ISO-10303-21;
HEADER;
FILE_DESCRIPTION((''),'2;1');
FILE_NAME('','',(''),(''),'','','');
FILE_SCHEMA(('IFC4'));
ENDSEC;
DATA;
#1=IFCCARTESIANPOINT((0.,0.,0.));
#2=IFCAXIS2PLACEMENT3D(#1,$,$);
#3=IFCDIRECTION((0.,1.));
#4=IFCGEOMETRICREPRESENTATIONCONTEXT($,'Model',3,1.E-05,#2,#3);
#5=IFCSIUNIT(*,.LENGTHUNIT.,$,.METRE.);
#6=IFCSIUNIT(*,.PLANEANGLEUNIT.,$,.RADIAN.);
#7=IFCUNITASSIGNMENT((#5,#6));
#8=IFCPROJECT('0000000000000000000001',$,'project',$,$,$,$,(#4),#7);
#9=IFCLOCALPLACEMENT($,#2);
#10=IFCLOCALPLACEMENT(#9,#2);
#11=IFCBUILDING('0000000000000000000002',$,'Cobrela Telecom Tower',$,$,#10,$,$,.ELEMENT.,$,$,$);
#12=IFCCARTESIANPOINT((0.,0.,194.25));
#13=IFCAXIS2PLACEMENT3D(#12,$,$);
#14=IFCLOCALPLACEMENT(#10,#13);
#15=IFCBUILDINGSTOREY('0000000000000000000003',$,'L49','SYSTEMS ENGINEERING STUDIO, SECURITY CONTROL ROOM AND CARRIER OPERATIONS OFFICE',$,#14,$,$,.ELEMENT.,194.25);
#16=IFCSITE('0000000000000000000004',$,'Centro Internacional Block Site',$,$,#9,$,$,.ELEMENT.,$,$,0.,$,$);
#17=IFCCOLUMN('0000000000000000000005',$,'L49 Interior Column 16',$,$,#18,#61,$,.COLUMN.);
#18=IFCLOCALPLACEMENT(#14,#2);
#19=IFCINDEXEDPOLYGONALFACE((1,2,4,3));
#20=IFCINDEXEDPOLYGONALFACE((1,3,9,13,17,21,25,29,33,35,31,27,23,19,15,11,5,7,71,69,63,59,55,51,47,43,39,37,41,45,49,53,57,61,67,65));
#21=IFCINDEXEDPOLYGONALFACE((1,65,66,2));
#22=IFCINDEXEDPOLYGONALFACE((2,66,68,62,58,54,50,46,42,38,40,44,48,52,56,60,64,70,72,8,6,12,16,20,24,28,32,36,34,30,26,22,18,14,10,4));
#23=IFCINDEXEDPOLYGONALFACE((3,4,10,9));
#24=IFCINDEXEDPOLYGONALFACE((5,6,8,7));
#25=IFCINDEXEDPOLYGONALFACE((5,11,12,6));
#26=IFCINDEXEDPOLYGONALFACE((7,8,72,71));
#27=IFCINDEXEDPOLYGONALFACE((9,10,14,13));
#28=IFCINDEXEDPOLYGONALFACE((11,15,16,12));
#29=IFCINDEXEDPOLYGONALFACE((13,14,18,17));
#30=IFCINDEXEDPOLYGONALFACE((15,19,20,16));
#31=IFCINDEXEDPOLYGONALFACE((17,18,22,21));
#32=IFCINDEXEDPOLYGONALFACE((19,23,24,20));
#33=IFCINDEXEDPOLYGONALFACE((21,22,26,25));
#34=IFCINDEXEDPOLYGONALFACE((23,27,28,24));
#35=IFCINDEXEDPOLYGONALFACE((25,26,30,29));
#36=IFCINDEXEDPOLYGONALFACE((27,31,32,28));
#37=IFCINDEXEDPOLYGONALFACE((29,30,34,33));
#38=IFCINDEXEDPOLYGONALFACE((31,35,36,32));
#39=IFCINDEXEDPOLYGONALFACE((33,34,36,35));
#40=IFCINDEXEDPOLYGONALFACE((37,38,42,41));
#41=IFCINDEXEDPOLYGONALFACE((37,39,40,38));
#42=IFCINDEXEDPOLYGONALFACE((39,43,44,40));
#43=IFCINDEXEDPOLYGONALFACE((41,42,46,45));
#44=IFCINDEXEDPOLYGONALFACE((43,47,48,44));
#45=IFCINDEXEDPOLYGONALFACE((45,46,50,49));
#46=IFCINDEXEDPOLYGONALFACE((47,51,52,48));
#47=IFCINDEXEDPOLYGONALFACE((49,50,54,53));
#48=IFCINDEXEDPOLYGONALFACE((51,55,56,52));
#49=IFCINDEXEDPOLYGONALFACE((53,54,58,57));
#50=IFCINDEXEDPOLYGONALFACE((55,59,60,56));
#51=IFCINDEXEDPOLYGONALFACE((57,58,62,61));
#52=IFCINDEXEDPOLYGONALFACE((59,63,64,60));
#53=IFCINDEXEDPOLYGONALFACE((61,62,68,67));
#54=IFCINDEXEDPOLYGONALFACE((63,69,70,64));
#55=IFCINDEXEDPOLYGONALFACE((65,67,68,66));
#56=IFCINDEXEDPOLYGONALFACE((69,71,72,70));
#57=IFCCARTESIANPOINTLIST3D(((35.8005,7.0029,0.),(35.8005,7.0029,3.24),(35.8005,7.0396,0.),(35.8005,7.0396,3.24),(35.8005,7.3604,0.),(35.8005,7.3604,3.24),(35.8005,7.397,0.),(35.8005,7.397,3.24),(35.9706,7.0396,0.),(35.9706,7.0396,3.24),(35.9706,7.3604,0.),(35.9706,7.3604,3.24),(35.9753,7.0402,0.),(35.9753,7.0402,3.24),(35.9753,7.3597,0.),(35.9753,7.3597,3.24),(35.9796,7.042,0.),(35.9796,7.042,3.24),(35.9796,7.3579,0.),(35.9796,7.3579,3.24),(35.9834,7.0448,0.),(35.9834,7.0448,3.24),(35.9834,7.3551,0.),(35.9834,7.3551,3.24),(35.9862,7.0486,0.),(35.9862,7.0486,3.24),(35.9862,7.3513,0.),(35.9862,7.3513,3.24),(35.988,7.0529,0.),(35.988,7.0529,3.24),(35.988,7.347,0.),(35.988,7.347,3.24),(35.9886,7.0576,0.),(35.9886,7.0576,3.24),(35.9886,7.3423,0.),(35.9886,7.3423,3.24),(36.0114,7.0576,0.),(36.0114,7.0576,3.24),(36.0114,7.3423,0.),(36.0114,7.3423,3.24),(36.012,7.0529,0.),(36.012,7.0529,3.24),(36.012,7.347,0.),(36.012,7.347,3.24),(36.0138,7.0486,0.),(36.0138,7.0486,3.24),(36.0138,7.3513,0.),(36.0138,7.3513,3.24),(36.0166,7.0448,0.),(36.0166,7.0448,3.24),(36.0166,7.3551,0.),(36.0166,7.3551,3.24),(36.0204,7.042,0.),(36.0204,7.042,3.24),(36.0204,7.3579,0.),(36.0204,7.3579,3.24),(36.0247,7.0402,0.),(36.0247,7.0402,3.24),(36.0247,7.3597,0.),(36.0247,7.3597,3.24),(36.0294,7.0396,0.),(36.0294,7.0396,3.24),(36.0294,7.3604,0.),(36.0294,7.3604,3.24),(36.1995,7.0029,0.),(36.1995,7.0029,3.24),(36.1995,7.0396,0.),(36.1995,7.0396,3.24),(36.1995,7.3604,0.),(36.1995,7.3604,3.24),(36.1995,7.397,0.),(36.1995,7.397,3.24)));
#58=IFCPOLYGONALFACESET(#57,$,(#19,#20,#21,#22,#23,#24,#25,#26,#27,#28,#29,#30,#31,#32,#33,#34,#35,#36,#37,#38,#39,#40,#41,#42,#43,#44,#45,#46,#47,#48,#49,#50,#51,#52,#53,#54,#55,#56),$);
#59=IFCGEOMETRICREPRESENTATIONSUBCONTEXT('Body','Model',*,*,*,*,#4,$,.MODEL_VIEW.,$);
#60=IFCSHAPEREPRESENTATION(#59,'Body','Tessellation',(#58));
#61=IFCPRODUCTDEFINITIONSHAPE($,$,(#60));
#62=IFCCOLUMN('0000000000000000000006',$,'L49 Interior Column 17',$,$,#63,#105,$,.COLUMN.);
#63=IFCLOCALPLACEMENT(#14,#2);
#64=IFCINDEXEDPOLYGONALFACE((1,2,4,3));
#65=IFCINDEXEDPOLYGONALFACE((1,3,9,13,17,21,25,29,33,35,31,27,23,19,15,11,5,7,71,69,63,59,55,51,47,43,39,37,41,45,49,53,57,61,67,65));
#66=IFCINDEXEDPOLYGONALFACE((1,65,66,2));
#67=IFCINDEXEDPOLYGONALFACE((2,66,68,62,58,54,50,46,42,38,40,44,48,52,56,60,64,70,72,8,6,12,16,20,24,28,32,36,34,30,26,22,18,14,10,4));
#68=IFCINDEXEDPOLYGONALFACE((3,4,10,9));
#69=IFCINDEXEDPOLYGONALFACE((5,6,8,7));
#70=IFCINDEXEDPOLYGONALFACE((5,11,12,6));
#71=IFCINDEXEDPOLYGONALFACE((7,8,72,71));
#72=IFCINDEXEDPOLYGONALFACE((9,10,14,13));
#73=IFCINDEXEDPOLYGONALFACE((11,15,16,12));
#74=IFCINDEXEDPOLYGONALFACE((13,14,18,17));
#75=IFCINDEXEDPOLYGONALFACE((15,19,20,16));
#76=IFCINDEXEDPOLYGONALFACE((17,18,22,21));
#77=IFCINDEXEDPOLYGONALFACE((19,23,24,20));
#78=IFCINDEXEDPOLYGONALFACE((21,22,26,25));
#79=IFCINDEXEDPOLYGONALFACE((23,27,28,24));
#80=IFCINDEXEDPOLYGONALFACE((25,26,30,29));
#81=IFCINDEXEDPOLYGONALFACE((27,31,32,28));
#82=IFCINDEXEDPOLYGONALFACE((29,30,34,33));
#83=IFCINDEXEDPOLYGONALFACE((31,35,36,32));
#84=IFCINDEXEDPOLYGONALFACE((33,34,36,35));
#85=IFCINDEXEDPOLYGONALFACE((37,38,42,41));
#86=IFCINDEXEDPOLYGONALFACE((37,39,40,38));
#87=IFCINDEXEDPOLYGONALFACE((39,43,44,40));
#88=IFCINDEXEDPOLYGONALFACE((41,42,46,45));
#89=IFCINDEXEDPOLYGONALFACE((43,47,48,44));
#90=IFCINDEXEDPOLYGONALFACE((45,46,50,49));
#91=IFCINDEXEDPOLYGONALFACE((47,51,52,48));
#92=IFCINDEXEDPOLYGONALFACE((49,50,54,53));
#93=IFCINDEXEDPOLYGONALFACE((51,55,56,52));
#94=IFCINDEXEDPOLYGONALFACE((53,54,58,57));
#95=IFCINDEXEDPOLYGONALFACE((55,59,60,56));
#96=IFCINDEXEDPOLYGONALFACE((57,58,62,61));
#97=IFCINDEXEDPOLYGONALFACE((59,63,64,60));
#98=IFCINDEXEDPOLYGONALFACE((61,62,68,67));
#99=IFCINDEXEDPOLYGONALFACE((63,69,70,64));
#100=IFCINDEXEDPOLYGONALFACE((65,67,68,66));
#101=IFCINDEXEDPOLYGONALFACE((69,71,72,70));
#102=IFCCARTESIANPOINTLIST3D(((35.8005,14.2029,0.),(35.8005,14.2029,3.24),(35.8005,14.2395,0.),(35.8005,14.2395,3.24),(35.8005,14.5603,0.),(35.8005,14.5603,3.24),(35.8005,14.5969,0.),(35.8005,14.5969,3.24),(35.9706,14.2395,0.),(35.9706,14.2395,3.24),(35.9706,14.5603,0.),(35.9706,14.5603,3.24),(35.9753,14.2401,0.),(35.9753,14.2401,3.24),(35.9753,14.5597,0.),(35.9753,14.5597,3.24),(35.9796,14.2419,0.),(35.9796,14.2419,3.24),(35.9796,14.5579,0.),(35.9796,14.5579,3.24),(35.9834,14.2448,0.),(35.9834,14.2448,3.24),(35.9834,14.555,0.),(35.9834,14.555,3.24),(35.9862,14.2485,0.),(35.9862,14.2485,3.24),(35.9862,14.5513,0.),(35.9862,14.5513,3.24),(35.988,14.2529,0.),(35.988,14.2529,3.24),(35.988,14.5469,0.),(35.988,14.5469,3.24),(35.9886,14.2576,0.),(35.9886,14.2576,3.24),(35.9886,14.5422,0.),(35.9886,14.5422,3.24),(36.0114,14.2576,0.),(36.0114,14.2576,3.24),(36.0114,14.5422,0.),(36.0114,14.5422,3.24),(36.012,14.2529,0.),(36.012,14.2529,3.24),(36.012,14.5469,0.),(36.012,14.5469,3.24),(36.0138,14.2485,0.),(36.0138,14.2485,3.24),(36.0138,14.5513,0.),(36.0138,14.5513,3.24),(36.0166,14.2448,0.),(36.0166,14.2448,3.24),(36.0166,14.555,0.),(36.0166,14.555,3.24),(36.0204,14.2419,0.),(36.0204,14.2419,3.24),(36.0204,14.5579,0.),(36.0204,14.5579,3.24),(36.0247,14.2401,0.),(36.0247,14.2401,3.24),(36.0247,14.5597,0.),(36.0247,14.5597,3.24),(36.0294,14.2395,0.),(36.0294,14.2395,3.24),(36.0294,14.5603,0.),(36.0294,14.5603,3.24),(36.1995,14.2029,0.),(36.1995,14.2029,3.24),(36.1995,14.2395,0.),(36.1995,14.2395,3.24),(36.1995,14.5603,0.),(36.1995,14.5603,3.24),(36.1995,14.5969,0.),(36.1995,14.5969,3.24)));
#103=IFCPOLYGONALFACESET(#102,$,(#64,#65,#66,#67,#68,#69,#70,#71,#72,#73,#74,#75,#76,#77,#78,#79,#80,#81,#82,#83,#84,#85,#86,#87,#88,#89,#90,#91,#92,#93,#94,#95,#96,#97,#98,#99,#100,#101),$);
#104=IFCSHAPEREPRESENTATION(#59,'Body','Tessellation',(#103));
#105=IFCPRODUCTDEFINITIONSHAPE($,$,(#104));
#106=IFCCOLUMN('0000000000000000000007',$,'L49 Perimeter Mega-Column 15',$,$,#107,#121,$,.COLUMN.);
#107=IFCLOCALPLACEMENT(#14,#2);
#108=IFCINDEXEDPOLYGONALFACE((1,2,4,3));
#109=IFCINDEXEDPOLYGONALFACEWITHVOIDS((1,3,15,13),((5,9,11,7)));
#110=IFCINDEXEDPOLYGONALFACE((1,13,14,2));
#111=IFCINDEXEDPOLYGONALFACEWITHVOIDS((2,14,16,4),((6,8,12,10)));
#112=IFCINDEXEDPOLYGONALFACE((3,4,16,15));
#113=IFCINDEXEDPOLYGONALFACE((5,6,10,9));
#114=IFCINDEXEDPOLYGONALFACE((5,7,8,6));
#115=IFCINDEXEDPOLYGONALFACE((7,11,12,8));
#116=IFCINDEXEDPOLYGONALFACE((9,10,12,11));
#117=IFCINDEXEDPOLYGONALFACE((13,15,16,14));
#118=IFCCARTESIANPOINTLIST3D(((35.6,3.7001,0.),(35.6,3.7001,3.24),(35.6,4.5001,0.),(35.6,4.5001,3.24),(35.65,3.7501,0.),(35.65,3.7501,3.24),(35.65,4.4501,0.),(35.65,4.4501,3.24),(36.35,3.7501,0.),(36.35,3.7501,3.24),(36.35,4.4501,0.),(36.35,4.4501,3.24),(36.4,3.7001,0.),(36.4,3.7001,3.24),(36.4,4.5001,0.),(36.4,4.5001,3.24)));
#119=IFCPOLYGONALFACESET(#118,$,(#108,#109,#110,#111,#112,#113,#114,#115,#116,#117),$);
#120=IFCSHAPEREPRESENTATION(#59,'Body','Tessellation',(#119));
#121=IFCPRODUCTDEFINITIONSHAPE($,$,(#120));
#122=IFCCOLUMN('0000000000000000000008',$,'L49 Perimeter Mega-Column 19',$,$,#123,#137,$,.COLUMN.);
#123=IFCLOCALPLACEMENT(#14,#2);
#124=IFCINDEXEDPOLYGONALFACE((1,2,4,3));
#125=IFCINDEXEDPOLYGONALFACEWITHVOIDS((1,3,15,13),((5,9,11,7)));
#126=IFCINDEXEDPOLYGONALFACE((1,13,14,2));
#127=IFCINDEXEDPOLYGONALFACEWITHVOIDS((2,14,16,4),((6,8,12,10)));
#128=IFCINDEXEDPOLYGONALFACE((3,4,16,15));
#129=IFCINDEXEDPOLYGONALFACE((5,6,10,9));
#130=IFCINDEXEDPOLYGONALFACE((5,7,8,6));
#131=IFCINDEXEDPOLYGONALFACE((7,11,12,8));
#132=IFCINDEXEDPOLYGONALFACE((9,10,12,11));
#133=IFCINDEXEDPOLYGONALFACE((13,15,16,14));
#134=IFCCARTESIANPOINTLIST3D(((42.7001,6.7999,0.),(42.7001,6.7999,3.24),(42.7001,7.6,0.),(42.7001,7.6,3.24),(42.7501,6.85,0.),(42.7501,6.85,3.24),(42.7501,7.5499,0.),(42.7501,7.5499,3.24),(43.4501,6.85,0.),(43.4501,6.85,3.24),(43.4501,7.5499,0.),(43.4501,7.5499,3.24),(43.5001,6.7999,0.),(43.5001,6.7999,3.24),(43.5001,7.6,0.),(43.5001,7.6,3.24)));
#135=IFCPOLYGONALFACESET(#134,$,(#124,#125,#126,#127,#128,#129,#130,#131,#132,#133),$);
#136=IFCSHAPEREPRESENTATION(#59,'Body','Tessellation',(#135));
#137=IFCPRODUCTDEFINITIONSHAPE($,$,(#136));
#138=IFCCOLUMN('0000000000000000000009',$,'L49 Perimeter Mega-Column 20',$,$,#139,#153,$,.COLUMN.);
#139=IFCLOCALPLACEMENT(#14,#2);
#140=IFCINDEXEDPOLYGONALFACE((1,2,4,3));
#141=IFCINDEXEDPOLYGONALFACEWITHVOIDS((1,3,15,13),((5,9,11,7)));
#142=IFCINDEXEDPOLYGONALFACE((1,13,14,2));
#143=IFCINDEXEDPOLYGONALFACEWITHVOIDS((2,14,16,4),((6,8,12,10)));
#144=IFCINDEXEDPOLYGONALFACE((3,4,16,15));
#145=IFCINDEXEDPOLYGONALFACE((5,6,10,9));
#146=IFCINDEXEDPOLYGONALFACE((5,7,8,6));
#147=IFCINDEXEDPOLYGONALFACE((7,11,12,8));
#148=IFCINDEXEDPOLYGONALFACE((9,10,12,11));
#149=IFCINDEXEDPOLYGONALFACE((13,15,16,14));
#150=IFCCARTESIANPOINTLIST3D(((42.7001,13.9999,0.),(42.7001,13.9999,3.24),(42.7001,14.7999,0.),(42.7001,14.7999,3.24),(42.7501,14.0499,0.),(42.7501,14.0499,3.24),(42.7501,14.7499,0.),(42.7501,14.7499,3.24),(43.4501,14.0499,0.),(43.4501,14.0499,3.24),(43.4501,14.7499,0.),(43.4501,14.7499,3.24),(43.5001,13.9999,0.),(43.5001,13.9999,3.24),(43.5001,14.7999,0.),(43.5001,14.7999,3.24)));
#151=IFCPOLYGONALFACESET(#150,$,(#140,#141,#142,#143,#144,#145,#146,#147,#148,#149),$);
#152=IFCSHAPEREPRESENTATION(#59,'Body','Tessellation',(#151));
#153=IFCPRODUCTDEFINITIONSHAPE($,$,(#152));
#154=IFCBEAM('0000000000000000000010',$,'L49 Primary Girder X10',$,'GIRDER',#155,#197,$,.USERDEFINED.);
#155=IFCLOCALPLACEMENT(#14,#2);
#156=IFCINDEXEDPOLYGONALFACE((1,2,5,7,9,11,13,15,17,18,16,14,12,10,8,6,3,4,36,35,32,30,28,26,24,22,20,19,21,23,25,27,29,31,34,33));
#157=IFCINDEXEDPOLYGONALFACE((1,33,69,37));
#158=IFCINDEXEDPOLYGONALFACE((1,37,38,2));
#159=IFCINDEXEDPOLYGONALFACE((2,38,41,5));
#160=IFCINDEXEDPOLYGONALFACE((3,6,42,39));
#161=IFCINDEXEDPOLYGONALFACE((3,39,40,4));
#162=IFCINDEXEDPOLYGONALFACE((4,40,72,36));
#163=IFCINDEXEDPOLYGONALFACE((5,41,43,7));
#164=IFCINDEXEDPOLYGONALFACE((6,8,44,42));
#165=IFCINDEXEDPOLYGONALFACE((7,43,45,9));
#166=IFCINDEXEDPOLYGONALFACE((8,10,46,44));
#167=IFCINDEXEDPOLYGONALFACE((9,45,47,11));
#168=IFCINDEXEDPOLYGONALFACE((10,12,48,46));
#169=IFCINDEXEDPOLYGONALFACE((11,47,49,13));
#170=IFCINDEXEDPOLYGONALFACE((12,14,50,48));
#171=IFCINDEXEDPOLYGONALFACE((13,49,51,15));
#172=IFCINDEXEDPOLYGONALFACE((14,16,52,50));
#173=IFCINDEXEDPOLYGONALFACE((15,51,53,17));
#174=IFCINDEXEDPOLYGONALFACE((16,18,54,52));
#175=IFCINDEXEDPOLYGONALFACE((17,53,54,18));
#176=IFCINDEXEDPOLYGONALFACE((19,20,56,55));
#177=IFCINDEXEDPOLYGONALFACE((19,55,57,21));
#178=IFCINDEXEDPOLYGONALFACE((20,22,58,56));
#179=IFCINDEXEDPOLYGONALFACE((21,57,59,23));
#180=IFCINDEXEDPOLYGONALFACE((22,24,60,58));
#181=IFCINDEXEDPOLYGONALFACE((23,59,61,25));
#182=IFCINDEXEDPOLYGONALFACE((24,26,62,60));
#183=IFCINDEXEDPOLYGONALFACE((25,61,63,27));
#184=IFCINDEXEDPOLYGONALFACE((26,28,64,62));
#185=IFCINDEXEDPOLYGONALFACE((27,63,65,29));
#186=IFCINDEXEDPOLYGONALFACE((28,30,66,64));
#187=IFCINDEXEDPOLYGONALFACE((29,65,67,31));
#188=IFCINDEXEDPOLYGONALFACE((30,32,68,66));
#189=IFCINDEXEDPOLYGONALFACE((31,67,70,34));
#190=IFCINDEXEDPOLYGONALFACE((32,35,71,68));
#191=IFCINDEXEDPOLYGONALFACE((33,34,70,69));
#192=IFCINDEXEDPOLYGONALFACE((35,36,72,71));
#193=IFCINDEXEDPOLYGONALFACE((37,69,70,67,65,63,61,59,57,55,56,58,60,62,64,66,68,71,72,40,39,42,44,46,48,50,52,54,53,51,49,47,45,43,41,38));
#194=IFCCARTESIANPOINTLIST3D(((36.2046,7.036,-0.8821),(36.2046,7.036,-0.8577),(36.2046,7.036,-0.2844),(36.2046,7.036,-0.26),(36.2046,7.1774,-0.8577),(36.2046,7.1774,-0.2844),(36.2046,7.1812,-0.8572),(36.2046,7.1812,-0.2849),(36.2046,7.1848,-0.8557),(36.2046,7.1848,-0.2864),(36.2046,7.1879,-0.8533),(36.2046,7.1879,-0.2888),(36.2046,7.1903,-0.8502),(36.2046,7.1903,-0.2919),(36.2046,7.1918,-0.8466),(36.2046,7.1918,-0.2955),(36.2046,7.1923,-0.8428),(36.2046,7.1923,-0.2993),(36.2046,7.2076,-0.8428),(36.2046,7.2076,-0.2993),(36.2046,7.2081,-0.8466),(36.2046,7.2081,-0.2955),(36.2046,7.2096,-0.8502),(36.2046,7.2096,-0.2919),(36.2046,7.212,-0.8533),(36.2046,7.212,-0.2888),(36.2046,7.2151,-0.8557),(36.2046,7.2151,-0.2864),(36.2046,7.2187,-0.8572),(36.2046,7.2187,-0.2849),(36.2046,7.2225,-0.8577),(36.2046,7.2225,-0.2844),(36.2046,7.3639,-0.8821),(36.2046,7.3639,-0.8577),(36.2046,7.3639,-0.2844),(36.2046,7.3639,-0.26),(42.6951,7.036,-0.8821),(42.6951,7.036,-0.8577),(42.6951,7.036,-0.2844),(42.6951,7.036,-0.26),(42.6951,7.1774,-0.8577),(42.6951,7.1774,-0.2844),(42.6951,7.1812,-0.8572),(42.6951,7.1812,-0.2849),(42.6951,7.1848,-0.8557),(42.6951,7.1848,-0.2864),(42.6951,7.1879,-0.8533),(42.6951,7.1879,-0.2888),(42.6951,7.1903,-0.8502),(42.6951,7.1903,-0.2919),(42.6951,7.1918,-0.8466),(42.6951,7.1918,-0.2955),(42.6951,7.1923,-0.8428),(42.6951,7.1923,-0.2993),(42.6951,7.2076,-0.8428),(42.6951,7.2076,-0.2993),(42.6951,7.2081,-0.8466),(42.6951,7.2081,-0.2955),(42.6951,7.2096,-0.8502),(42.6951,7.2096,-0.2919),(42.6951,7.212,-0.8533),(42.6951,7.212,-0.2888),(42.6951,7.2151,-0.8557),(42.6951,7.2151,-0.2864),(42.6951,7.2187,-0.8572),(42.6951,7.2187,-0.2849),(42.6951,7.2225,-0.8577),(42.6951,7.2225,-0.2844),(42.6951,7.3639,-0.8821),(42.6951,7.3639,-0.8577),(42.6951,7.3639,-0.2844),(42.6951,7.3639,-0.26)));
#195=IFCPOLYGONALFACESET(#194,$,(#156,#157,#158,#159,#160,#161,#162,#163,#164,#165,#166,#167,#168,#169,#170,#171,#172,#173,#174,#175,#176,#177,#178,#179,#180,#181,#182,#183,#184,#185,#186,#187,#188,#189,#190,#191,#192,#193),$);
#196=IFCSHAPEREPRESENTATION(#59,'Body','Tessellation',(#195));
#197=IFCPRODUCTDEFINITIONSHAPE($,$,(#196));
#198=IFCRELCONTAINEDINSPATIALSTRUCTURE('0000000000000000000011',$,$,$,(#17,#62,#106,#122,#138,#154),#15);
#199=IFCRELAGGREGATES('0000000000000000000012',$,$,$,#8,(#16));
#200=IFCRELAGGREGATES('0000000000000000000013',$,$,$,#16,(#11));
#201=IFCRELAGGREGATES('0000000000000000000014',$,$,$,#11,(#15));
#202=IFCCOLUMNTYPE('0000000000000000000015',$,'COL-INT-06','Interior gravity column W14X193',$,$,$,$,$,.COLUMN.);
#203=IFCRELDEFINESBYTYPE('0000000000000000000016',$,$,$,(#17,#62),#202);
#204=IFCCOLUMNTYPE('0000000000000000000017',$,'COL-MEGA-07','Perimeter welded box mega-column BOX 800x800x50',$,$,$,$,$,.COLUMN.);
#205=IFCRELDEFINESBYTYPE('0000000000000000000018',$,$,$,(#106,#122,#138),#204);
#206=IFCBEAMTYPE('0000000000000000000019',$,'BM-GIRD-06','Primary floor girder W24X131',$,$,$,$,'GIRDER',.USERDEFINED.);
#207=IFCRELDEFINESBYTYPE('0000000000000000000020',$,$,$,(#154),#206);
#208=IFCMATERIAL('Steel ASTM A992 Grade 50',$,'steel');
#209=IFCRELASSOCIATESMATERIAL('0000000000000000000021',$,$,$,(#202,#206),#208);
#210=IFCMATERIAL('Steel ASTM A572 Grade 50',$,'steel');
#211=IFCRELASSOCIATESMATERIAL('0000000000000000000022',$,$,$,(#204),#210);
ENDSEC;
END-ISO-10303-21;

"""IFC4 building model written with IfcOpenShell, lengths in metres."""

from ifc_helpers import new_model, si_unit, direction, frame, origin, origin_2d, place, context, subcontext, project, spatial, hollow_rectangle, i_section, extrude, material, material_profile, profile_set, type_object, element, save


model = new_model("IFC4")

# Units and contexts
model_context = context("Model", 3, precision=1e-05, world=origin(), true_north=direction((0.0, 1.0)))
body_context = subcontext(model_context, "Body", "Model", "MODEL_VIEW")
ifc_project = project(units=[si_unit("LENGTHUNIT", "METRE"), si_unit("PLANEANGLEUNIT", "RADIAN")], contexts=[model_context])

# Site, building, storey
site_placement = place(None, origin())
site = spatial("IfcSite", under=ifc_project, at=site_placement, Name="Centro Internacional Block Site", CompositionType="ELEMENT", RefElevation=0.0)
building_placement = place(site_placement, origin())
building = spatial("IfcBuilding", under=site, at=building_placement, Name="Cobrela Telecom Tower", CompositionType="ELEMENT")
storey_placement = place(building_placement, frame((0.0, 0.0, 194.25)))
storey = spatial("IfcBuildingStorey", under=building, at=storey_placement, Name="L49", Description="SYSTEMS ENGINEERING STUDIO, SECURITY CONTROL ROOM AND CARRIER OPERATIONS OFFICE", CompositionType="ELEMENT", Elevation=194.25)

# Columns
ifc_material_1 = material(Name="Steel ASTM A992 Grade 50", Category="steel")
ifc_material_profile_1 = material_profile(ifc_material_1, i_section(OverallWidth=0.3989, OverallDepth=0.394, WebThickness=0.0227, FlangeThickness=0.0366, FilletRadius=0.0181, at=origin_2d()), Name="W14X193")
ifc_profile_set_1 = profile_set([ifc_material_profile_1], Name="Steel ASTM A992 Grade 50")
column_type_1 = type_object("IfcColumnType", Name="COL-INT-06", Description="Interior gravity column W14X193", PredefinedType="COLUMN", material=ifc_profile_set_1)
for number, where, z_axis, x_axis, name in (
    (1, (36.0, 7.2, 0.0), (0.0, 0.0, 1.0), (1.0, 0.0, 0.0), "L49 Interior Column 16"),
    (2, (36.0, 14.3999, 0.0), (0.0, 0.0, 1.0), (1.0, 0.0, 0.0), "L49 Interior Column 17"),
):
    element("IfcColumn", number, at=place(storey_placement, frame(where, z_axis=z_axis, x_axis=x_axis)), inside=storey, type_object=column_type_1, Name=name, PredefinedType="COLUMN", context=body_context, shape_type="SweptSolid", body=[
        extrude(i_section(OverallWidth=0.3989, OverallDepth=0.394, WebThickness=0.0227, FlangeThickness=0.0366, FilletRadius=0.0181, at=origin_2d()), origin(), (0.0, 0.0, 1.0), 3.24),
    ])
ifc_material_2 = material(Name="Steel ASTM A572 Grade 50", Category="steel")
ifc_material_profile_2 = material_profile(ifc_material_2, hollow_rectangle(XDim=0.8, YDim=0.8, WallThickness=0.05, at=origin_2d()), Name="BOX 800x800x50")
ifc_profile_set_2 = profile_set([ifc_material_profile_2], Name="Steel ASTM A572 Grade 50")
column_type_2 = type_object("IfcColumnType", Name="COL-MEGA-07", Description="Perimeter welded box mega-column BOX 800x800x50", PredefinedType="COLUMN", material=ifc_profile_set_2)
for number, where, z_axis, x_axis, name in (
    (3, (36.0, 4.1001, 0.0), (0.0, 0.0, 1.0), (1.0, 0.0, 0.0), "L49 Perimeter Mega-Column 15"),
    (4, (43.1001, 7.2, 0.0), (0.0, 0.0, 1.0), (1.0, 0.0, 0.0), "L49 Perimeter Mega-Column 19"),
    (5, (43.1001, 14.3999, 0.0), (0.0, 0.0, 1.0), (1.0, 0.0, 0.0), "L49 Perimeter Mega-Column 20"),
):
    element("IfcColumn", number, at=place(storey_placement, frame(where, z_axis=z_axis, x_axis=x_axis)), inside=storey, type_object=column_type_2, Name=name, PredefinedType="COLUMN", context=body_context, shape_type="SweptSolid", body=[
        extrude(hollow_rectangle(XDim=0.8, YDim=0.8, WallThickness=0.05, at=origin_2d()), origin(), (0.0, 0.0, 1.0), 3.24),
    ])

# Beam
ifc_material_profile_3 = material_profile(ifc_material_1, i_section(OverallWidth=0.3279, OverallDepth=0.6221, WebThickness=0.0154, FlangeThickness=0.0244, FilletRadius=0.0149, at=origin_2d()), Name="W24X131")
ifc_profile_set_3 = profile_set([ifc_material_profile_3], Name="Steel ASTM A992 Grade 50")
beam_type_1 = type_object("IfcBeamType", Name="BM-GIRD-06", Description="Primary floor girder W24X131", ElementType="GIRDER", PredefinedType="USERDEFINED", material=ifc_profile_set_3)
for number, where, z_axis, x_axis, name in (
    (6, (36.2046, 7.2, -0.571), (1.0, 0.0, 0.0), (0.0, 1.0, 0.0), "L49 Primary Girder X10"),
):
    element("IfcBeam", number, at=place(storey_placement, frame(where, z_axis=z_axis, x_axis=x_axis)), inside=storey, type_object=beam_type_1, Name=name, ObjectType="GIRDER", PredefinedType="USERDEFINED", context=body_context, shape_type="SweptSolid", body=[
        extrude(i_section(OverallWidth=0.3279, OverallDepth=0.6221, WebThickness=0.0154, FlangeThickness=0.0244, FilletRadius=0.0149, at=origin_2d()), origin(), (0.0, 0.0, 1.0), 6.4905),
    ])

save(model, "model.ifc")
